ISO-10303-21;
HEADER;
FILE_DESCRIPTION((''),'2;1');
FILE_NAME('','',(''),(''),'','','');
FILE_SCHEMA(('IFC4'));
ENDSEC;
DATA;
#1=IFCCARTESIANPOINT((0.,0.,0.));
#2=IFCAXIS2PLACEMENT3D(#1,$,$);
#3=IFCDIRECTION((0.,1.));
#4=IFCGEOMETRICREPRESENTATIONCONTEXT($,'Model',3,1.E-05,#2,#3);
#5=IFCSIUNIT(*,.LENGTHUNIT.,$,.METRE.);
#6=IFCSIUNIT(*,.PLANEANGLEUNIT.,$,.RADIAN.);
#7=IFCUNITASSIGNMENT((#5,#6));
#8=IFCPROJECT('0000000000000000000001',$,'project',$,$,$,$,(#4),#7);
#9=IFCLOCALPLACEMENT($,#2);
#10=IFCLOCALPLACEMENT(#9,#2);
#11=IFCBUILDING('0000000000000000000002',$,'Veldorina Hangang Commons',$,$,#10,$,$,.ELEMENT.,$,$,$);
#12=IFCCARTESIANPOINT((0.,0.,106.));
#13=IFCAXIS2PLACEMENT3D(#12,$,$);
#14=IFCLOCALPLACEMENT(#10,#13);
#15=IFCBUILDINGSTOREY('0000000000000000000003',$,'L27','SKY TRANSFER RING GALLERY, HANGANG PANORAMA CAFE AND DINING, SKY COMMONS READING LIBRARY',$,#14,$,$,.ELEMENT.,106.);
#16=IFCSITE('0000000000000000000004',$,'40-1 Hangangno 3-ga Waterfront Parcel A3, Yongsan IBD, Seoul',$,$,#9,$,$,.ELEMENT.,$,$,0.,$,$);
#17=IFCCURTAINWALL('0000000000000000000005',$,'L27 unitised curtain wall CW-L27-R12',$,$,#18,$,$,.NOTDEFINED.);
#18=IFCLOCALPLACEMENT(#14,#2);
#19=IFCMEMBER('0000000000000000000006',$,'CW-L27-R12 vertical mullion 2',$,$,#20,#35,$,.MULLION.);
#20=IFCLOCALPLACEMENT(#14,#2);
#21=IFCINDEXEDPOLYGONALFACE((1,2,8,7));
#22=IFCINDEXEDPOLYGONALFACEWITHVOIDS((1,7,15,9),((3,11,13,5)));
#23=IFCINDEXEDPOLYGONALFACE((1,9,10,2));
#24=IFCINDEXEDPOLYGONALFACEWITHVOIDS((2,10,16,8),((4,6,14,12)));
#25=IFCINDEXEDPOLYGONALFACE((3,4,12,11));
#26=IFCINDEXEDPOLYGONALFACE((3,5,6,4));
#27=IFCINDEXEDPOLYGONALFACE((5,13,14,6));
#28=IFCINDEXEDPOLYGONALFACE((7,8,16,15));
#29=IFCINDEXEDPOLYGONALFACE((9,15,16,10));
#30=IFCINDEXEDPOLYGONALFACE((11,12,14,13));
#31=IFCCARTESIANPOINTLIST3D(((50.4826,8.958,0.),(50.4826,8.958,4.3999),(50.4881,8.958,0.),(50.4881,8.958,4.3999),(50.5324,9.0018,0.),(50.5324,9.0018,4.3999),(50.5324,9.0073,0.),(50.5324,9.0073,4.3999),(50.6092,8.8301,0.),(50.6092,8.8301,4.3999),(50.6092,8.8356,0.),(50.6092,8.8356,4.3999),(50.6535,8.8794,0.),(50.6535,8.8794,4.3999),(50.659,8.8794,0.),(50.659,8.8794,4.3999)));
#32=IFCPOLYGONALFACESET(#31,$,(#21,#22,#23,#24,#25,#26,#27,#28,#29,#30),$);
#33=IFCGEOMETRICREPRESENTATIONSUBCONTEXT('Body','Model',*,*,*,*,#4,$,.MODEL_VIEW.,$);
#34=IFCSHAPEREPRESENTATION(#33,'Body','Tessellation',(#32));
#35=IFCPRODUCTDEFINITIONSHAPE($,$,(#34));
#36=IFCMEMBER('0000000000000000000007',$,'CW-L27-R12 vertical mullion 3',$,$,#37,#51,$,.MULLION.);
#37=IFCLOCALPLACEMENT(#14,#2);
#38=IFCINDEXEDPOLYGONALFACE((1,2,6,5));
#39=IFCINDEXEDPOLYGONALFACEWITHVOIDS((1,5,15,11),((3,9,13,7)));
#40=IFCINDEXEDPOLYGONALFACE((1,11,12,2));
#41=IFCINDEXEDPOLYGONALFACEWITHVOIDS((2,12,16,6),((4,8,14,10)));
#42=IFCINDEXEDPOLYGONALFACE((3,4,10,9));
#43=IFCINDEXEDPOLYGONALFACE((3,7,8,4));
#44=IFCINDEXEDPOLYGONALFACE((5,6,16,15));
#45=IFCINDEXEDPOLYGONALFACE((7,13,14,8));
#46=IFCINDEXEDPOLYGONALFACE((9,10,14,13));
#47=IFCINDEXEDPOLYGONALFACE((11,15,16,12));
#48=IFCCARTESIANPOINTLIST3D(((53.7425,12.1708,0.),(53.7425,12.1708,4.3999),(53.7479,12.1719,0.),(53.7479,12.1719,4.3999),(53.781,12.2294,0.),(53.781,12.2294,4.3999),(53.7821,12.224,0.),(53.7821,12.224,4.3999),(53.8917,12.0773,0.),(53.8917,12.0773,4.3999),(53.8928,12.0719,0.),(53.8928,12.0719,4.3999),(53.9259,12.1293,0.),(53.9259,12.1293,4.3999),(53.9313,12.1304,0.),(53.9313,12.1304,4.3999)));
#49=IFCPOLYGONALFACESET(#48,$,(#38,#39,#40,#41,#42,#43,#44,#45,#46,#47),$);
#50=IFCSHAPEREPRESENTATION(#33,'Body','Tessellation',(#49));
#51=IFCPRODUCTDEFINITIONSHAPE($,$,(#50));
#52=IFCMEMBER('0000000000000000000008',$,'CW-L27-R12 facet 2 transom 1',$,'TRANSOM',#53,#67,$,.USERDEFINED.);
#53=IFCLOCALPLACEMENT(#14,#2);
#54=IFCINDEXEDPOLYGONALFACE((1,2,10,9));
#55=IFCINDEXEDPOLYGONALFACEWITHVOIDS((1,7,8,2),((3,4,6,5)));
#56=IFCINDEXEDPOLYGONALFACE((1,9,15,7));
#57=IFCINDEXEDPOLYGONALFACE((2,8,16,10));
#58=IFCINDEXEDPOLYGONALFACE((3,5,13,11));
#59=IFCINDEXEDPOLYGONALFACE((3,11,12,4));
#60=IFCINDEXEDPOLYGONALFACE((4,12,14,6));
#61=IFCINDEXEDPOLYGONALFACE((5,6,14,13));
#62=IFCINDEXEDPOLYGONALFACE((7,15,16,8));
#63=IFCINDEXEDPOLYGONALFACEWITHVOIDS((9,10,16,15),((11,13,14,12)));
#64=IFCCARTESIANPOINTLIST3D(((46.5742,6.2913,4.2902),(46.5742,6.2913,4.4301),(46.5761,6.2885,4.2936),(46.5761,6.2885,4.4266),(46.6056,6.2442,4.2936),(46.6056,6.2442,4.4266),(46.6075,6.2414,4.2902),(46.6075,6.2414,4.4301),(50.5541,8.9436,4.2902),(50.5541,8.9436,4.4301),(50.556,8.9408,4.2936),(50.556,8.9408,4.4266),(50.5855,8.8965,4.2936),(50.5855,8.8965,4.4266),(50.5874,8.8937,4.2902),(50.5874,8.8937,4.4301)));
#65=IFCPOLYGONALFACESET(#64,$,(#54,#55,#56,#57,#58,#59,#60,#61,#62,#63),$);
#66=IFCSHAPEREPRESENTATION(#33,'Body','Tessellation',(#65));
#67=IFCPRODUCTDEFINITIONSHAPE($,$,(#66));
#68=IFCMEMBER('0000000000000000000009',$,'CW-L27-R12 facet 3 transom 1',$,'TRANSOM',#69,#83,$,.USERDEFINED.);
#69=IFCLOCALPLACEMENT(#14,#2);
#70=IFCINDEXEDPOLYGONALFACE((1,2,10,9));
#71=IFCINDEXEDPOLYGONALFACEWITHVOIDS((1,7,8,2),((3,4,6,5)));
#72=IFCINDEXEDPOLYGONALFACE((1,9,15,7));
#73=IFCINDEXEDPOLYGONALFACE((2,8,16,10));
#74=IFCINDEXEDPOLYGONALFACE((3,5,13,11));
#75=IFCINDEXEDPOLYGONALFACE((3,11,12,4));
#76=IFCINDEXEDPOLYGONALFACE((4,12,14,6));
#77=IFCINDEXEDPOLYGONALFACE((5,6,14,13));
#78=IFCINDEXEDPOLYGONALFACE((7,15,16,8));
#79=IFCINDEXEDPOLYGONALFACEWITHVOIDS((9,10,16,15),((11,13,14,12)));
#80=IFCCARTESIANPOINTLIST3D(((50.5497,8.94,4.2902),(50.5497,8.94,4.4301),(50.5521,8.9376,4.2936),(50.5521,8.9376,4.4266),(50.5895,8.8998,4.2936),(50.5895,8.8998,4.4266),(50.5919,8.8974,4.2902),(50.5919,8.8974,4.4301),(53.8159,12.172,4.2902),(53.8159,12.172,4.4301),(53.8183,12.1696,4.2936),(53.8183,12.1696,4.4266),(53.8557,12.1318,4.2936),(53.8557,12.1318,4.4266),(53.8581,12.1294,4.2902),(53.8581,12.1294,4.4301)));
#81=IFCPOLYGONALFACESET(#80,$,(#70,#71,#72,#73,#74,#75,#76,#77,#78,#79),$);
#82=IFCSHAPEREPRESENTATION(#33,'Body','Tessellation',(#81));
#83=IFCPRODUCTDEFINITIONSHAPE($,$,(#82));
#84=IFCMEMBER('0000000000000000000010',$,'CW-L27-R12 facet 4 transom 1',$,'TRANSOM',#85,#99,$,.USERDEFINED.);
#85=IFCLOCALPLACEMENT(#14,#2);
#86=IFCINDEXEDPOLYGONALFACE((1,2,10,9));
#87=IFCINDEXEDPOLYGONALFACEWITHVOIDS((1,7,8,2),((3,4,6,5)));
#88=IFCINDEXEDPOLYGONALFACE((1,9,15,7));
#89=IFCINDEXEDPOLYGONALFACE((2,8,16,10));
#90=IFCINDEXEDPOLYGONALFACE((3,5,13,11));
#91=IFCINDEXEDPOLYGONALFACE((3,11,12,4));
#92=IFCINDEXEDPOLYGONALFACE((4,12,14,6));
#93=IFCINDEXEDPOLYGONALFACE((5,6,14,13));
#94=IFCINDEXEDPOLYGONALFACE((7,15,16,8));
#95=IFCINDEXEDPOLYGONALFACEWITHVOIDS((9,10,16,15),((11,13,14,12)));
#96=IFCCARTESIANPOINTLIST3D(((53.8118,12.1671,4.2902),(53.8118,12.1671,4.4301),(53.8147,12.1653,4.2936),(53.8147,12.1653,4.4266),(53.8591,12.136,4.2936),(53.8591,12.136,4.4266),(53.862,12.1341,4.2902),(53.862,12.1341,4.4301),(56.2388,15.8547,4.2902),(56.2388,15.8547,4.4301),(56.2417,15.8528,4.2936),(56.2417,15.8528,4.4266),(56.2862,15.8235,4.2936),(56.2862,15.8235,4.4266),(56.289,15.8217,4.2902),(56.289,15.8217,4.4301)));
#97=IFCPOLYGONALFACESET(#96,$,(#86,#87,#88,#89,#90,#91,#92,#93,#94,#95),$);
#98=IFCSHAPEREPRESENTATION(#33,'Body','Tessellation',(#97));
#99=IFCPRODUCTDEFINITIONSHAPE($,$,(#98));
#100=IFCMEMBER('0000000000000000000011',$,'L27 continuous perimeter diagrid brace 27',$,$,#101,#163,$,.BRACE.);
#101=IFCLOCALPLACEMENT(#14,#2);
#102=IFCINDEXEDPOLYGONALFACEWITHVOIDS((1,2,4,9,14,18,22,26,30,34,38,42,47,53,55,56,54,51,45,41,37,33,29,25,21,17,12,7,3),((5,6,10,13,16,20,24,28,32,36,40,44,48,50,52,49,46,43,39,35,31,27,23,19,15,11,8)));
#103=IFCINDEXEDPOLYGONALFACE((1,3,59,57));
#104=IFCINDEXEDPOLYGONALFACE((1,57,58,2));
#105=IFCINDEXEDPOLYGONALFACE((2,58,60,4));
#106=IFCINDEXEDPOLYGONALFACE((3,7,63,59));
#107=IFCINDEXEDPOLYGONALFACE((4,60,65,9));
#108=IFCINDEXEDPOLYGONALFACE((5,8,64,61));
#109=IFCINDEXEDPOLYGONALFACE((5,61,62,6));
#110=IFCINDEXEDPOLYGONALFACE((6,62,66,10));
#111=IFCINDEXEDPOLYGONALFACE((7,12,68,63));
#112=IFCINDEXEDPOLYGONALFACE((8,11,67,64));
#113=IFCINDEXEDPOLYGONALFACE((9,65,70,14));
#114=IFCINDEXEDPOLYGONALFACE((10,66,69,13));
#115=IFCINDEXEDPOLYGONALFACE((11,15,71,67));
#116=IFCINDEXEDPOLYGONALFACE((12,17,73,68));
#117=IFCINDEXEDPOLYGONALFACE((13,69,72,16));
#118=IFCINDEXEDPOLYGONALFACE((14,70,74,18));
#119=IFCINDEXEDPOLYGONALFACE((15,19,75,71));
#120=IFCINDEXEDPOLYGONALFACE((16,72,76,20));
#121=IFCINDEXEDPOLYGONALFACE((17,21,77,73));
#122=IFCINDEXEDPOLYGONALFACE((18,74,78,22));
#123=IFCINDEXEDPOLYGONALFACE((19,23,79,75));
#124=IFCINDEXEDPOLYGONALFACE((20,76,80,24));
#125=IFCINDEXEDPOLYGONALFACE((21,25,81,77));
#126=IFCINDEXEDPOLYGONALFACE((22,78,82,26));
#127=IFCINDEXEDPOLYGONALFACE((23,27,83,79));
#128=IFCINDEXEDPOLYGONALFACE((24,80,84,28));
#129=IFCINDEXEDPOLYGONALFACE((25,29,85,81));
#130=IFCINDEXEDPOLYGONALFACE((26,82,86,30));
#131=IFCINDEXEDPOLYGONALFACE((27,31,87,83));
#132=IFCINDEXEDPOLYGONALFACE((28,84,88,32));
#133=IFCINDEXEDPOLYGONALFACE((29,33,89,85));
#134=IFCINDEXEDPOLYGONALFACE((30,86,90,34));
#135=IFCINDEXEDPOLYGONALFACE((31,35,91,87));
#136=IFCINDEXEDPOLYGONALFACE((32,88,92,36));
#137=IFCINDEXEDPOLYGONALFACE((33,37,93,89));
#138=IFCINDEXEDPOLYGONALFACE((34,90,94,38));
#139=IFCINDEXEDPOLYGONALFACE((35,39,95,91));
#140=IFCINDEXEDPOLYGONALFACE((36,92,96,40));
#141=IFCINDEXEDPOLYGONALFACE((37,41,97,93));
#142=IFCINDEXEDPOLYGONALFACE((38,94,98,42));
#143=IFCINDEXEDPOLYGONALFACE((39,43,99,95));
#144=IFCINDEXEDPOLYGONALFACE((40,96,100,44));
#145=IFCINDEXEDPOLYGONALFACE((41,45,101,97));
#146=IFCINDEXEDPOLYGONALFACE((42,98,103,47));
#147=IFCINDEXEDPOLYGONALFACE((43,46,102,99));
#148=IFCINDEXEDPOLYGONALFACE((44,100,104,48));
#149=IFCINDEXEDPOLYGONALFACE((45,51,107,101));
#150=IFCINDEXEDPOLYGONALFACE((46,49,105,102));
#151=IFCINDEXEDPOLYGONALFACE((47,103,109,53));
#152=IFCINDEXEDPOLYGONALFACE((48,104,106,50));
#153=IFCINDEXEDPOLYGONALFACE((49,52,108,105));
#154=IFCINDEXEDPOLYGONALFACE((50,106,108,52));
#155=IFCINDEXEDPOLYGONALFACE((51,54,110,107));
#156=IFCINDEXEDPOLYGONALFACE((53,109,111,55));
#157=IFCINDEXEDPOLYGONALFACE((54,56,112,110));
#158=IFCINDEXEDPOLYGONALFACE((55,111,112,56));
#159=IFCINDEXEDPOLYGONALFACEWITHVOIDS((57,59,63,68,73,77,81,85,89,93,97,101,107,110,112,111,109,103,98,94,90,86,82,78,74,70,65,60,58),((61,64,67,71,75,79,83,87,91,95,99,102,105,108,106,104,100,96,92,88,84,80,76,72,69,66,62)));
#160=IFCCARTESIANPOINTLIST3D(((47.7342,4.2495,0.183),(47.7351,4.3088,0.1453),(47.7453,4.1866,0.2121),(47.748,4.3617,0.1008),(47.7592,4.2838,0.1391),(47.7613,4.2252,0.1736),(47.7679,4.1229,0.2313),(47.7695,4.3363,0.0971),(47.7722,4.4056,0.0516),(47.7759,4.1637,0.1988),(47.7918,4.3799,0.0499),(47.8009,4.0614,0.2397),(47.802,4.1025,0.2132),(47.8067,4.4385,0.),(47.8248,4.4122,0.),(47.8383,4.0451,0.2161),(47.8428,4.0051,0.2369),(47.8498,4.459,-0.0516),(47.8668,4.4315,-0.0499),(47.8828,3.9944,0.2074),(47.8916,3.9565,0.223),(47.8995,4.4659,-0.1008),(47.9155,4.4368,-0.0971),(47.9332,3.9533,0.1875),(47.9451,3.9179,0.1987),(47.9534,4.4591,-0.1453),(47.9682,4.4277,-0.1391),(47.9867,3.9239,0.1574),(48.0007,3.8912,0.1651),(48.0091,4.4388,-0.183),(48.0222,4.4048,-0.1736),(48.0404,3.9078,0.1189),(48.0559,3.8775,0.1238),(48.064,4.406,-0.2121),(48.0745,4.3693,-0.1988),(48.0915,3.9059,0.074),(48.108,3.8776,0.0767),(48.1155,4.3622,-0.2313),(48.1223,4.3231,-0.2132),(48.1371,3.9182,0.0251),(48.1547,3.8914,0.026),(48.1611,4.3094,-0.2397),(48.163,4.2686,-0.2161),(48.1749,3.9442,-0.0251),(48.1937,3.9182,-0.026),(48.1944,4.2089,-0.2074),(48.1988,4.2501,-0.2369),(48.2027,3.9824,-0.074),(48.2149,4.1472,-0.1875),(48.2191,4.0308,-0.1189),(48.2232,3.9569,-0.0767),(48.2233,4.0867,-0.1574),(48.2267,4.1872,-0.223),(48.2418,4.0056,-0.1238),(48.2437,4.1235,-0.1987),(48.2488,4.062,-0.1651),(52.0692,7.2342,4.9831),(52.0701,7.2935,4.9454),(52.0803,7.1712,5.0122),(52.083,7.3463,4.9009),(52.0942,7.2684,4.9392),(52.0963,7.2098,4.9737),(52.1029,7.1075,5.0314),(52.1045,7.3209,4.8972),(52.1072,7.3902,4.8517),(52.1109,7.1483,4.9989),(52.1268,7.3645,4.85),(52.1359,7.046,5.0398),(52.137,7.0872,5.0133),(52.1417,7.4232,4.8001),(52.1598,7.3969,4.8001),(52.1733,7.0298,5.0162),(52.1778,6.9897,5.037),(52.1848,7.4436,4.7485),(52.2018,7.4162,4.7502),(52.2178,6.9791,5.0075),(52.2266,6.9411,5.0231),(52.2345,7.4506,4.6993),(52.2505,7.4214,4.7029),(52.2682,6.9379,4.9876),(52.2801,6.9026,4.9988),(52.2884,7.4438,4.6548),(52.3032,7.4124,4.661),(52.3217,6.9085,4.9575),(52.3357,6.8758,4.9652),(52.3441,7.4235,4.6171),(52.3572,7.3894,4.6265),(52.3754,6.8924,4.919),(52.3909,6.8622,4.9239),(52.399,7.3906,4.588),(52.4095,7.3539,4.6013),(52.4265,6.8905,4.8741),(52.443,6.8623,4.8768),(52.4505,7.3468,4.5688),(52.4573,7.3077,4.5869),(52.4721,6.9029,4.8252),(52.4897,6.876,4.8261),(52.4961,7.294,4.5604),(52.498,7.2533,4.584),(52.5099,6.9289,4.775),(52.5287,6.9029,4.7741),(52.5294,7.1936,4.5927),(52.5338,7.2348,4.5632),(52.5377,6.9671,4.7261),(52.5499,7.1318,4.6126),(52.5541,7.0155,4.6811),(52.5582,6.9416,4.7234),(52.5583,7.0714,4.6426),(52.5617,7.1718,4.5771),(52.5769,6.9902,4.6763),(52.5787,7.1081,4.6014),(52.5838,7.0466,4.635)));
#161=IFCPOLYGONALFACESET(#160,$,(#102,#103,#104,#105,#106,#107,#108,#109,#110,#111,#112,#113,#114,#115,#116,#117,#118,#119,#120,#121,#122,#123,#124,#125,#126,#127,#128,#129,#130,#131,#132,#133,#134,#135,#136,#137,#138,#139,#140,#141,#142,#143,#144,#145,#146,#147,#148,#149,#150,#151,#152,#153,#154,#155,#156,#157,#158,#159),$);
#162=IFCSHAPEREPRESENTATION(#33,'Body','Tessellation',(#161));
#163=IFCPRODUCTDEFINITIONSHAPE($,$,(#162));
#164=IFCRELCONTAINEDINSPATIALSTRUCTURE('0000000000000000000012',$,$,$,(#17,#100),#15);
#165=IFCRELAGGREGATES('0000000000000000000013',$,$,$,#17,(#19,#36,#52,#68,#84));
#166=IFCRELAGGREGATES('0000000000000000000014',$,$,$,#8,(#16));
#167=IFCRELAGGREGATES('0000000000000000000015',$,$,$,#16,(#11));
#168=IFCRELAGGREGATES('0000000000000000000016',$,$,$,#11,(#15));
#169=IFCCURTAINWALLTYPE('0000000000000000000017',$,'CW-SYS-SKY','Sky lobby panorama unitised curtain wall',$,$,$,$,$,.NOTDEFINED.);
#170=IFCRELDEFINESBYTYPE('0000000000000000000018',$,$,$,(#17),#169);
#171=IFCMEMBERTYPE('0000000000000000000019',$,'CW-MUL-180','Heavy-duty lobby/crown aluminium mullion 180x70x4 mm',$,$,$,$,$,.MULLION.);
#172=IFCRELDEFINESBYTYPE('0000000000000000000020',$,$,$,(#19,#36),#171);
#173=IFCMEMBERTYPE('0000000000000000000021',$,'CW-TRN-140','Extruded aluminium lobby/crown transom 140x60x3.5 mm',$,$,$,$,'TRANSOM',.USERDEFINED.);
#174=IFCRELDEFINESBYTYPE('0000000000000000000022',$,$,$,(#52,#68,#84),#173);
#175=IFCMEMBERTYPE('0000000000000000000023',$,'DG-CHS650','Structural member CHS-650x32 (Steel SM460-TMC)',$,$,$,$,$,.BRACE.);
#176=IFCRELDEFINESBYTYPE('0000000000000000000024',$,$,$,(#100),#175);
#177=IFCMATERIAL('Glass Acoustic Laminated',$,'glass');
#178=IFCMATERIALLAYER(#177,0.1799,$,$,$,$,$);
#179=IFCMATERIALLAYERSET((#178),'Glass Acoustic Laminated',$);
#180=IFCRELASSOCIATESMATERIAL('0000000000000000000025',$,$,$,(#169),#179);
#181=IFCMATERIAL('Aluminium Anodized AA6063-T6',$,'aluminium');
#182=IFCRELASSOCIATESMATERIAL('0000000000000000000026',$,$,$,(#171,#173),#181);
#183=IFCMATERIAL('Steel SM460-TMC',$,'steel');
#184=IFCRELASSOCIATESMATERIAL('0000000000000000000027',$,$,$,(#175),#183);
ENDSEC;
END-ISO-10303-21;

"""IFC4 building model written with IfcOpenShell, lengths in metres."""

from ifc_helpers import new_model, si_unit, direction, frame, origin, origin_2d, place, context, subcontext, project, spatial, hollow_rectangle, hollow_circle, extrude, material, layer, layer_set, material_profile, profile_set, type_object, element, aggregate, save


model = new_model("IFC4")

# Units and contexts
model_context = context("Model", 3, precision=1e-05, world=origin(), true_north=direction((0.0, 1.0)))
body_context = subcontext(model_context, "Body", "Model", "MODEL_VIEW")
ifc_project = project(units=[si_unit("LENGTHUNIT", "METRE"), si_unit("PLANEANGLEUNIT", "RADIAN")], contexts=[model_context])

# Site, building, storey
site_placement = place(None, origin())
site = spatial("IfcSite", under=ifc_project, at=site_placement, Name="40-1 Hangangno 3-ga Waterfront Parcel A3, Yongsan IBD, Seoul", CompositionType="ELEMENT", RefElevation=0.0)
building_placement = place(site_placement, origin())
building = spatial("IfcBuilding", under=site, at=building_placement, Name="Veldorina Hangang Commons", CompositionType="ELEMENT")
storey_placement = place(building_placement, frame((0.0, 0.0, 106.0)))
storey = spatial("IfcBuildingStorey", under=building, at=storey_placement, Name="L27", Description="SKY TRANSFER RING GALLERY, HANGANG PANORAMA CAFE AND DINING, SKY COMMONS READING LIBRARY", CompositionType="ELEMENT", Elevation=106.0)

# Curtain wall, members
ifc_material_1 = material(Name="Glass Acoustic Laminated", Category="glass")
ifc_layer_1 = layer(ifc_material_1, 0.1799)
ifc_layer_set_1 = layer_set([ifc_layer_1], Name="Glass Acoustic Laminated")
curtain_wall_type = type_object("IfcCurtainWallType", Name="CW-SYS-SKY", Description="Sky lobby panorama unitised curtain wall", PredefinedType="NOTDEFINED", material=ifc_layer_set_1)
curtain_wall_placement = place(storey_placement, origin())
curtain_wall = element("IfcCurtainWall", 1, at=curtain_wall_placement, inside=storey, type_object=curtain_wall_type, Name="L27 unitised curtain wall CW-L27-R12", PredefinedType="NOTDEFINED")
ifc_material_2 = material(Name="Aluminium Anodized AA6063-T6", Category="aluminium")
ifc_material_profile_1 = material_profile(ifc_material_2, hollow_rectangle(XDim=0.0701, YDim=0.1799, WallThickness=0.0039, at=origin_2d()), Name="ALU-RHS-180x70x4")
ifc_profile_set_1 = profile_set([ifc_material_profile_1], Name="Aluminium Anodized AA6063-T6")
member_type_1 = type_object("IfcMemberType", Name="CW-MUL-180", Description="Heavy-duty lobby/crown aluminium mullion 180x70x4 mm", PredefinedType="MULLION", material=ifc_profile_set_1)
member_1_placement = place(storey_placement, frame((50.5708, 8.9187, 0.0), z_axis=(0.0, 0.0, 1.0), x_axis=(0.710824, 0.70337, 0.0)))
member_1 = element("IfcMember", 2, at=member_1_placement, type_object=member_type_1, Name="CW-L27-R12 vertical mullion 2", PredefinedType="MULLION", context=body_context, shape_type="SweptSolid", body=[
    extrude(hollow_rectangle(XDim=0.0701, YDim=0.1799, WallThickness=0.0039, at=origin_2d()), origin(), (0.0, 0.0, 1.0), 4.3999),
])
member_2_placement = place(storey_placement, frame((53.8369, 12.1506, 0.0), z_axis=(0.0, 0.0, 1.0), x_axis=(0.549781, 0.835309, 0.0)))
member_2 = element("IfcMember", 3, at=member_2_placement, type_object=member_type_1, Name="CW-L27-R12 vertical mullion 3", PredefinedType="MULLION", context=body_context, shape_type="SweptSolid", body=[
    extrude(hollow_rectangle(XDim=0.0701, YDim=0.1799, WallThickness=0.0039, at=origin_2d()), origin(), (0.0, 0.0, 1.0), 4.3999),
])
ifc_material_profile_2 = material_profile(ifc_material_2, hollow_rectangle(XDim=0.0601, YDim=0.1399, WallThickness=0.0034, at=origin_2d()), Name="ALU-RHS-140x60x3.5")
ifc_profile_set_2 = profile_set([ifc_material_profile_2], Name="Aluminium Anodized AA6063-T6")
member_type_2 = type_object("IfcMemberType", Name="CW-TRN-140", Description="Extruded aluminium lobby/crown transom 140x60x3.5 mm", ElementType="TRANSOM", PredefinedType="USERDEFINED", material=ifc_profile_set_2)
member_3_placement = place(storey_placement, frame((46.5908, 6.2664, 4.3601), z_axis=(0.832145, 0.554559, 0.0), x_axis=(-0.554559, 0.832145, 0.0)))
member_3 = element("IfcMember", 4, at=member_3_placement, type_object=member_type_2, Name="CW-L27-R12 facet 2 transom 1", ObjectType="TRANSOM", PredefinedType="USERDEFINED", context=body_context, shape_type="SweptSolid", body=[
    extrude(hollow_rectangle(XDim=0.0601, YDim=0.1399, WallThickness=0.0034, at=origin_2d()), origin(), (0.0, 0.0, 1.0), 4.7827),
])
member_4_placement = place(storey_placement, frame((50.5708, 8.9187, 4.3601), z_axis=(0.710816, 0.703378, 0.0), x_axis=(-0.703378, 0.710816, 0.0)))
member_4 = element("IfcMember", 5, at=member_4_placement, type_object=member_type_2, Name="CW-L27-R12 facet 3 transom 1", ObjectType="TRANSOM", PredefinedType="USERDEFINED", context=body_context, shape_type="SweptSolid", body=[
    extrude(hollow_rectangle(XDim=0.0601, YDim=0.1399, WallThickness=0.0034, at=origin_2d()), origin(), (0.0, 0.0, 1.0), 4.595),
])
member_5_placement = place(storey_placement, frame((53.8369, 12.1506, 4.3601), z_axis=(0.549777, 0.835311, 0.0), x_axis=(-0.835311, 0.549777, 0.0)))
member_5 = element("IfcMember", 6, at=member_5_placement, type_object=member_type_2, Name="CW-L27-R12 facet 4 transom 1", ObjectType="TRANSOM", PredefinedType="USERDEFINED", context=body_context, shape_type="SweptSolid", body=[
    extrude(hollow_rectangle(XDim=0.0601, YDim=0.1399, WallThickness=0.0034, at=origin_2d()), origin(), (0.0, 0.0, 1.0), 4.4146),
])

# Member
ifc_material_3 = material(Name="Steel SM460-TMC", Category="steel")
ifc_material_profile_3 = material_profile(ifc_material_3, hollow_circle(Radius=0.325, WallThickness=0.032, at=origin_2d()), Name="CHS-650x32")
ifc_profile_set_3 = profile_set([ifc_material_profile_3], Name="Steel SM460-TMC")
member_type_3 = type_object("IfcMemberType", Name="DG-CHS650", Description="Structural member CHS-650x32 (Steel SM460-TMC)", PredefinedType="BRACE", material=ifc_profile_set_3)
member_6_placement = place(storey_placement, frame((47.991, 4.1709, 0.0), z_axis=(0.608567, 0.418998, 0.673859), x_axis=(-0.567088, 0.823657, 0.0)))
element("IfcMember", 7, at=member_6_placement, inside=storey, type_object=member_type_3, Name="L27 continuous perimeter diagrid brace 27", PredefinedType="BRACE", context=body_context, shape_type="SweptSolid", body=[
    extrude(hollow_circle(Radius=0.325, WallThickness=0.032, at=origin_2d()), origin(), (0.0, 0.0, 1.0), 7.1233),
])

aggregate(curtain_wall, [member_1, member_2, member_3, member_4, member_5])

save(model, "model.ifc")
